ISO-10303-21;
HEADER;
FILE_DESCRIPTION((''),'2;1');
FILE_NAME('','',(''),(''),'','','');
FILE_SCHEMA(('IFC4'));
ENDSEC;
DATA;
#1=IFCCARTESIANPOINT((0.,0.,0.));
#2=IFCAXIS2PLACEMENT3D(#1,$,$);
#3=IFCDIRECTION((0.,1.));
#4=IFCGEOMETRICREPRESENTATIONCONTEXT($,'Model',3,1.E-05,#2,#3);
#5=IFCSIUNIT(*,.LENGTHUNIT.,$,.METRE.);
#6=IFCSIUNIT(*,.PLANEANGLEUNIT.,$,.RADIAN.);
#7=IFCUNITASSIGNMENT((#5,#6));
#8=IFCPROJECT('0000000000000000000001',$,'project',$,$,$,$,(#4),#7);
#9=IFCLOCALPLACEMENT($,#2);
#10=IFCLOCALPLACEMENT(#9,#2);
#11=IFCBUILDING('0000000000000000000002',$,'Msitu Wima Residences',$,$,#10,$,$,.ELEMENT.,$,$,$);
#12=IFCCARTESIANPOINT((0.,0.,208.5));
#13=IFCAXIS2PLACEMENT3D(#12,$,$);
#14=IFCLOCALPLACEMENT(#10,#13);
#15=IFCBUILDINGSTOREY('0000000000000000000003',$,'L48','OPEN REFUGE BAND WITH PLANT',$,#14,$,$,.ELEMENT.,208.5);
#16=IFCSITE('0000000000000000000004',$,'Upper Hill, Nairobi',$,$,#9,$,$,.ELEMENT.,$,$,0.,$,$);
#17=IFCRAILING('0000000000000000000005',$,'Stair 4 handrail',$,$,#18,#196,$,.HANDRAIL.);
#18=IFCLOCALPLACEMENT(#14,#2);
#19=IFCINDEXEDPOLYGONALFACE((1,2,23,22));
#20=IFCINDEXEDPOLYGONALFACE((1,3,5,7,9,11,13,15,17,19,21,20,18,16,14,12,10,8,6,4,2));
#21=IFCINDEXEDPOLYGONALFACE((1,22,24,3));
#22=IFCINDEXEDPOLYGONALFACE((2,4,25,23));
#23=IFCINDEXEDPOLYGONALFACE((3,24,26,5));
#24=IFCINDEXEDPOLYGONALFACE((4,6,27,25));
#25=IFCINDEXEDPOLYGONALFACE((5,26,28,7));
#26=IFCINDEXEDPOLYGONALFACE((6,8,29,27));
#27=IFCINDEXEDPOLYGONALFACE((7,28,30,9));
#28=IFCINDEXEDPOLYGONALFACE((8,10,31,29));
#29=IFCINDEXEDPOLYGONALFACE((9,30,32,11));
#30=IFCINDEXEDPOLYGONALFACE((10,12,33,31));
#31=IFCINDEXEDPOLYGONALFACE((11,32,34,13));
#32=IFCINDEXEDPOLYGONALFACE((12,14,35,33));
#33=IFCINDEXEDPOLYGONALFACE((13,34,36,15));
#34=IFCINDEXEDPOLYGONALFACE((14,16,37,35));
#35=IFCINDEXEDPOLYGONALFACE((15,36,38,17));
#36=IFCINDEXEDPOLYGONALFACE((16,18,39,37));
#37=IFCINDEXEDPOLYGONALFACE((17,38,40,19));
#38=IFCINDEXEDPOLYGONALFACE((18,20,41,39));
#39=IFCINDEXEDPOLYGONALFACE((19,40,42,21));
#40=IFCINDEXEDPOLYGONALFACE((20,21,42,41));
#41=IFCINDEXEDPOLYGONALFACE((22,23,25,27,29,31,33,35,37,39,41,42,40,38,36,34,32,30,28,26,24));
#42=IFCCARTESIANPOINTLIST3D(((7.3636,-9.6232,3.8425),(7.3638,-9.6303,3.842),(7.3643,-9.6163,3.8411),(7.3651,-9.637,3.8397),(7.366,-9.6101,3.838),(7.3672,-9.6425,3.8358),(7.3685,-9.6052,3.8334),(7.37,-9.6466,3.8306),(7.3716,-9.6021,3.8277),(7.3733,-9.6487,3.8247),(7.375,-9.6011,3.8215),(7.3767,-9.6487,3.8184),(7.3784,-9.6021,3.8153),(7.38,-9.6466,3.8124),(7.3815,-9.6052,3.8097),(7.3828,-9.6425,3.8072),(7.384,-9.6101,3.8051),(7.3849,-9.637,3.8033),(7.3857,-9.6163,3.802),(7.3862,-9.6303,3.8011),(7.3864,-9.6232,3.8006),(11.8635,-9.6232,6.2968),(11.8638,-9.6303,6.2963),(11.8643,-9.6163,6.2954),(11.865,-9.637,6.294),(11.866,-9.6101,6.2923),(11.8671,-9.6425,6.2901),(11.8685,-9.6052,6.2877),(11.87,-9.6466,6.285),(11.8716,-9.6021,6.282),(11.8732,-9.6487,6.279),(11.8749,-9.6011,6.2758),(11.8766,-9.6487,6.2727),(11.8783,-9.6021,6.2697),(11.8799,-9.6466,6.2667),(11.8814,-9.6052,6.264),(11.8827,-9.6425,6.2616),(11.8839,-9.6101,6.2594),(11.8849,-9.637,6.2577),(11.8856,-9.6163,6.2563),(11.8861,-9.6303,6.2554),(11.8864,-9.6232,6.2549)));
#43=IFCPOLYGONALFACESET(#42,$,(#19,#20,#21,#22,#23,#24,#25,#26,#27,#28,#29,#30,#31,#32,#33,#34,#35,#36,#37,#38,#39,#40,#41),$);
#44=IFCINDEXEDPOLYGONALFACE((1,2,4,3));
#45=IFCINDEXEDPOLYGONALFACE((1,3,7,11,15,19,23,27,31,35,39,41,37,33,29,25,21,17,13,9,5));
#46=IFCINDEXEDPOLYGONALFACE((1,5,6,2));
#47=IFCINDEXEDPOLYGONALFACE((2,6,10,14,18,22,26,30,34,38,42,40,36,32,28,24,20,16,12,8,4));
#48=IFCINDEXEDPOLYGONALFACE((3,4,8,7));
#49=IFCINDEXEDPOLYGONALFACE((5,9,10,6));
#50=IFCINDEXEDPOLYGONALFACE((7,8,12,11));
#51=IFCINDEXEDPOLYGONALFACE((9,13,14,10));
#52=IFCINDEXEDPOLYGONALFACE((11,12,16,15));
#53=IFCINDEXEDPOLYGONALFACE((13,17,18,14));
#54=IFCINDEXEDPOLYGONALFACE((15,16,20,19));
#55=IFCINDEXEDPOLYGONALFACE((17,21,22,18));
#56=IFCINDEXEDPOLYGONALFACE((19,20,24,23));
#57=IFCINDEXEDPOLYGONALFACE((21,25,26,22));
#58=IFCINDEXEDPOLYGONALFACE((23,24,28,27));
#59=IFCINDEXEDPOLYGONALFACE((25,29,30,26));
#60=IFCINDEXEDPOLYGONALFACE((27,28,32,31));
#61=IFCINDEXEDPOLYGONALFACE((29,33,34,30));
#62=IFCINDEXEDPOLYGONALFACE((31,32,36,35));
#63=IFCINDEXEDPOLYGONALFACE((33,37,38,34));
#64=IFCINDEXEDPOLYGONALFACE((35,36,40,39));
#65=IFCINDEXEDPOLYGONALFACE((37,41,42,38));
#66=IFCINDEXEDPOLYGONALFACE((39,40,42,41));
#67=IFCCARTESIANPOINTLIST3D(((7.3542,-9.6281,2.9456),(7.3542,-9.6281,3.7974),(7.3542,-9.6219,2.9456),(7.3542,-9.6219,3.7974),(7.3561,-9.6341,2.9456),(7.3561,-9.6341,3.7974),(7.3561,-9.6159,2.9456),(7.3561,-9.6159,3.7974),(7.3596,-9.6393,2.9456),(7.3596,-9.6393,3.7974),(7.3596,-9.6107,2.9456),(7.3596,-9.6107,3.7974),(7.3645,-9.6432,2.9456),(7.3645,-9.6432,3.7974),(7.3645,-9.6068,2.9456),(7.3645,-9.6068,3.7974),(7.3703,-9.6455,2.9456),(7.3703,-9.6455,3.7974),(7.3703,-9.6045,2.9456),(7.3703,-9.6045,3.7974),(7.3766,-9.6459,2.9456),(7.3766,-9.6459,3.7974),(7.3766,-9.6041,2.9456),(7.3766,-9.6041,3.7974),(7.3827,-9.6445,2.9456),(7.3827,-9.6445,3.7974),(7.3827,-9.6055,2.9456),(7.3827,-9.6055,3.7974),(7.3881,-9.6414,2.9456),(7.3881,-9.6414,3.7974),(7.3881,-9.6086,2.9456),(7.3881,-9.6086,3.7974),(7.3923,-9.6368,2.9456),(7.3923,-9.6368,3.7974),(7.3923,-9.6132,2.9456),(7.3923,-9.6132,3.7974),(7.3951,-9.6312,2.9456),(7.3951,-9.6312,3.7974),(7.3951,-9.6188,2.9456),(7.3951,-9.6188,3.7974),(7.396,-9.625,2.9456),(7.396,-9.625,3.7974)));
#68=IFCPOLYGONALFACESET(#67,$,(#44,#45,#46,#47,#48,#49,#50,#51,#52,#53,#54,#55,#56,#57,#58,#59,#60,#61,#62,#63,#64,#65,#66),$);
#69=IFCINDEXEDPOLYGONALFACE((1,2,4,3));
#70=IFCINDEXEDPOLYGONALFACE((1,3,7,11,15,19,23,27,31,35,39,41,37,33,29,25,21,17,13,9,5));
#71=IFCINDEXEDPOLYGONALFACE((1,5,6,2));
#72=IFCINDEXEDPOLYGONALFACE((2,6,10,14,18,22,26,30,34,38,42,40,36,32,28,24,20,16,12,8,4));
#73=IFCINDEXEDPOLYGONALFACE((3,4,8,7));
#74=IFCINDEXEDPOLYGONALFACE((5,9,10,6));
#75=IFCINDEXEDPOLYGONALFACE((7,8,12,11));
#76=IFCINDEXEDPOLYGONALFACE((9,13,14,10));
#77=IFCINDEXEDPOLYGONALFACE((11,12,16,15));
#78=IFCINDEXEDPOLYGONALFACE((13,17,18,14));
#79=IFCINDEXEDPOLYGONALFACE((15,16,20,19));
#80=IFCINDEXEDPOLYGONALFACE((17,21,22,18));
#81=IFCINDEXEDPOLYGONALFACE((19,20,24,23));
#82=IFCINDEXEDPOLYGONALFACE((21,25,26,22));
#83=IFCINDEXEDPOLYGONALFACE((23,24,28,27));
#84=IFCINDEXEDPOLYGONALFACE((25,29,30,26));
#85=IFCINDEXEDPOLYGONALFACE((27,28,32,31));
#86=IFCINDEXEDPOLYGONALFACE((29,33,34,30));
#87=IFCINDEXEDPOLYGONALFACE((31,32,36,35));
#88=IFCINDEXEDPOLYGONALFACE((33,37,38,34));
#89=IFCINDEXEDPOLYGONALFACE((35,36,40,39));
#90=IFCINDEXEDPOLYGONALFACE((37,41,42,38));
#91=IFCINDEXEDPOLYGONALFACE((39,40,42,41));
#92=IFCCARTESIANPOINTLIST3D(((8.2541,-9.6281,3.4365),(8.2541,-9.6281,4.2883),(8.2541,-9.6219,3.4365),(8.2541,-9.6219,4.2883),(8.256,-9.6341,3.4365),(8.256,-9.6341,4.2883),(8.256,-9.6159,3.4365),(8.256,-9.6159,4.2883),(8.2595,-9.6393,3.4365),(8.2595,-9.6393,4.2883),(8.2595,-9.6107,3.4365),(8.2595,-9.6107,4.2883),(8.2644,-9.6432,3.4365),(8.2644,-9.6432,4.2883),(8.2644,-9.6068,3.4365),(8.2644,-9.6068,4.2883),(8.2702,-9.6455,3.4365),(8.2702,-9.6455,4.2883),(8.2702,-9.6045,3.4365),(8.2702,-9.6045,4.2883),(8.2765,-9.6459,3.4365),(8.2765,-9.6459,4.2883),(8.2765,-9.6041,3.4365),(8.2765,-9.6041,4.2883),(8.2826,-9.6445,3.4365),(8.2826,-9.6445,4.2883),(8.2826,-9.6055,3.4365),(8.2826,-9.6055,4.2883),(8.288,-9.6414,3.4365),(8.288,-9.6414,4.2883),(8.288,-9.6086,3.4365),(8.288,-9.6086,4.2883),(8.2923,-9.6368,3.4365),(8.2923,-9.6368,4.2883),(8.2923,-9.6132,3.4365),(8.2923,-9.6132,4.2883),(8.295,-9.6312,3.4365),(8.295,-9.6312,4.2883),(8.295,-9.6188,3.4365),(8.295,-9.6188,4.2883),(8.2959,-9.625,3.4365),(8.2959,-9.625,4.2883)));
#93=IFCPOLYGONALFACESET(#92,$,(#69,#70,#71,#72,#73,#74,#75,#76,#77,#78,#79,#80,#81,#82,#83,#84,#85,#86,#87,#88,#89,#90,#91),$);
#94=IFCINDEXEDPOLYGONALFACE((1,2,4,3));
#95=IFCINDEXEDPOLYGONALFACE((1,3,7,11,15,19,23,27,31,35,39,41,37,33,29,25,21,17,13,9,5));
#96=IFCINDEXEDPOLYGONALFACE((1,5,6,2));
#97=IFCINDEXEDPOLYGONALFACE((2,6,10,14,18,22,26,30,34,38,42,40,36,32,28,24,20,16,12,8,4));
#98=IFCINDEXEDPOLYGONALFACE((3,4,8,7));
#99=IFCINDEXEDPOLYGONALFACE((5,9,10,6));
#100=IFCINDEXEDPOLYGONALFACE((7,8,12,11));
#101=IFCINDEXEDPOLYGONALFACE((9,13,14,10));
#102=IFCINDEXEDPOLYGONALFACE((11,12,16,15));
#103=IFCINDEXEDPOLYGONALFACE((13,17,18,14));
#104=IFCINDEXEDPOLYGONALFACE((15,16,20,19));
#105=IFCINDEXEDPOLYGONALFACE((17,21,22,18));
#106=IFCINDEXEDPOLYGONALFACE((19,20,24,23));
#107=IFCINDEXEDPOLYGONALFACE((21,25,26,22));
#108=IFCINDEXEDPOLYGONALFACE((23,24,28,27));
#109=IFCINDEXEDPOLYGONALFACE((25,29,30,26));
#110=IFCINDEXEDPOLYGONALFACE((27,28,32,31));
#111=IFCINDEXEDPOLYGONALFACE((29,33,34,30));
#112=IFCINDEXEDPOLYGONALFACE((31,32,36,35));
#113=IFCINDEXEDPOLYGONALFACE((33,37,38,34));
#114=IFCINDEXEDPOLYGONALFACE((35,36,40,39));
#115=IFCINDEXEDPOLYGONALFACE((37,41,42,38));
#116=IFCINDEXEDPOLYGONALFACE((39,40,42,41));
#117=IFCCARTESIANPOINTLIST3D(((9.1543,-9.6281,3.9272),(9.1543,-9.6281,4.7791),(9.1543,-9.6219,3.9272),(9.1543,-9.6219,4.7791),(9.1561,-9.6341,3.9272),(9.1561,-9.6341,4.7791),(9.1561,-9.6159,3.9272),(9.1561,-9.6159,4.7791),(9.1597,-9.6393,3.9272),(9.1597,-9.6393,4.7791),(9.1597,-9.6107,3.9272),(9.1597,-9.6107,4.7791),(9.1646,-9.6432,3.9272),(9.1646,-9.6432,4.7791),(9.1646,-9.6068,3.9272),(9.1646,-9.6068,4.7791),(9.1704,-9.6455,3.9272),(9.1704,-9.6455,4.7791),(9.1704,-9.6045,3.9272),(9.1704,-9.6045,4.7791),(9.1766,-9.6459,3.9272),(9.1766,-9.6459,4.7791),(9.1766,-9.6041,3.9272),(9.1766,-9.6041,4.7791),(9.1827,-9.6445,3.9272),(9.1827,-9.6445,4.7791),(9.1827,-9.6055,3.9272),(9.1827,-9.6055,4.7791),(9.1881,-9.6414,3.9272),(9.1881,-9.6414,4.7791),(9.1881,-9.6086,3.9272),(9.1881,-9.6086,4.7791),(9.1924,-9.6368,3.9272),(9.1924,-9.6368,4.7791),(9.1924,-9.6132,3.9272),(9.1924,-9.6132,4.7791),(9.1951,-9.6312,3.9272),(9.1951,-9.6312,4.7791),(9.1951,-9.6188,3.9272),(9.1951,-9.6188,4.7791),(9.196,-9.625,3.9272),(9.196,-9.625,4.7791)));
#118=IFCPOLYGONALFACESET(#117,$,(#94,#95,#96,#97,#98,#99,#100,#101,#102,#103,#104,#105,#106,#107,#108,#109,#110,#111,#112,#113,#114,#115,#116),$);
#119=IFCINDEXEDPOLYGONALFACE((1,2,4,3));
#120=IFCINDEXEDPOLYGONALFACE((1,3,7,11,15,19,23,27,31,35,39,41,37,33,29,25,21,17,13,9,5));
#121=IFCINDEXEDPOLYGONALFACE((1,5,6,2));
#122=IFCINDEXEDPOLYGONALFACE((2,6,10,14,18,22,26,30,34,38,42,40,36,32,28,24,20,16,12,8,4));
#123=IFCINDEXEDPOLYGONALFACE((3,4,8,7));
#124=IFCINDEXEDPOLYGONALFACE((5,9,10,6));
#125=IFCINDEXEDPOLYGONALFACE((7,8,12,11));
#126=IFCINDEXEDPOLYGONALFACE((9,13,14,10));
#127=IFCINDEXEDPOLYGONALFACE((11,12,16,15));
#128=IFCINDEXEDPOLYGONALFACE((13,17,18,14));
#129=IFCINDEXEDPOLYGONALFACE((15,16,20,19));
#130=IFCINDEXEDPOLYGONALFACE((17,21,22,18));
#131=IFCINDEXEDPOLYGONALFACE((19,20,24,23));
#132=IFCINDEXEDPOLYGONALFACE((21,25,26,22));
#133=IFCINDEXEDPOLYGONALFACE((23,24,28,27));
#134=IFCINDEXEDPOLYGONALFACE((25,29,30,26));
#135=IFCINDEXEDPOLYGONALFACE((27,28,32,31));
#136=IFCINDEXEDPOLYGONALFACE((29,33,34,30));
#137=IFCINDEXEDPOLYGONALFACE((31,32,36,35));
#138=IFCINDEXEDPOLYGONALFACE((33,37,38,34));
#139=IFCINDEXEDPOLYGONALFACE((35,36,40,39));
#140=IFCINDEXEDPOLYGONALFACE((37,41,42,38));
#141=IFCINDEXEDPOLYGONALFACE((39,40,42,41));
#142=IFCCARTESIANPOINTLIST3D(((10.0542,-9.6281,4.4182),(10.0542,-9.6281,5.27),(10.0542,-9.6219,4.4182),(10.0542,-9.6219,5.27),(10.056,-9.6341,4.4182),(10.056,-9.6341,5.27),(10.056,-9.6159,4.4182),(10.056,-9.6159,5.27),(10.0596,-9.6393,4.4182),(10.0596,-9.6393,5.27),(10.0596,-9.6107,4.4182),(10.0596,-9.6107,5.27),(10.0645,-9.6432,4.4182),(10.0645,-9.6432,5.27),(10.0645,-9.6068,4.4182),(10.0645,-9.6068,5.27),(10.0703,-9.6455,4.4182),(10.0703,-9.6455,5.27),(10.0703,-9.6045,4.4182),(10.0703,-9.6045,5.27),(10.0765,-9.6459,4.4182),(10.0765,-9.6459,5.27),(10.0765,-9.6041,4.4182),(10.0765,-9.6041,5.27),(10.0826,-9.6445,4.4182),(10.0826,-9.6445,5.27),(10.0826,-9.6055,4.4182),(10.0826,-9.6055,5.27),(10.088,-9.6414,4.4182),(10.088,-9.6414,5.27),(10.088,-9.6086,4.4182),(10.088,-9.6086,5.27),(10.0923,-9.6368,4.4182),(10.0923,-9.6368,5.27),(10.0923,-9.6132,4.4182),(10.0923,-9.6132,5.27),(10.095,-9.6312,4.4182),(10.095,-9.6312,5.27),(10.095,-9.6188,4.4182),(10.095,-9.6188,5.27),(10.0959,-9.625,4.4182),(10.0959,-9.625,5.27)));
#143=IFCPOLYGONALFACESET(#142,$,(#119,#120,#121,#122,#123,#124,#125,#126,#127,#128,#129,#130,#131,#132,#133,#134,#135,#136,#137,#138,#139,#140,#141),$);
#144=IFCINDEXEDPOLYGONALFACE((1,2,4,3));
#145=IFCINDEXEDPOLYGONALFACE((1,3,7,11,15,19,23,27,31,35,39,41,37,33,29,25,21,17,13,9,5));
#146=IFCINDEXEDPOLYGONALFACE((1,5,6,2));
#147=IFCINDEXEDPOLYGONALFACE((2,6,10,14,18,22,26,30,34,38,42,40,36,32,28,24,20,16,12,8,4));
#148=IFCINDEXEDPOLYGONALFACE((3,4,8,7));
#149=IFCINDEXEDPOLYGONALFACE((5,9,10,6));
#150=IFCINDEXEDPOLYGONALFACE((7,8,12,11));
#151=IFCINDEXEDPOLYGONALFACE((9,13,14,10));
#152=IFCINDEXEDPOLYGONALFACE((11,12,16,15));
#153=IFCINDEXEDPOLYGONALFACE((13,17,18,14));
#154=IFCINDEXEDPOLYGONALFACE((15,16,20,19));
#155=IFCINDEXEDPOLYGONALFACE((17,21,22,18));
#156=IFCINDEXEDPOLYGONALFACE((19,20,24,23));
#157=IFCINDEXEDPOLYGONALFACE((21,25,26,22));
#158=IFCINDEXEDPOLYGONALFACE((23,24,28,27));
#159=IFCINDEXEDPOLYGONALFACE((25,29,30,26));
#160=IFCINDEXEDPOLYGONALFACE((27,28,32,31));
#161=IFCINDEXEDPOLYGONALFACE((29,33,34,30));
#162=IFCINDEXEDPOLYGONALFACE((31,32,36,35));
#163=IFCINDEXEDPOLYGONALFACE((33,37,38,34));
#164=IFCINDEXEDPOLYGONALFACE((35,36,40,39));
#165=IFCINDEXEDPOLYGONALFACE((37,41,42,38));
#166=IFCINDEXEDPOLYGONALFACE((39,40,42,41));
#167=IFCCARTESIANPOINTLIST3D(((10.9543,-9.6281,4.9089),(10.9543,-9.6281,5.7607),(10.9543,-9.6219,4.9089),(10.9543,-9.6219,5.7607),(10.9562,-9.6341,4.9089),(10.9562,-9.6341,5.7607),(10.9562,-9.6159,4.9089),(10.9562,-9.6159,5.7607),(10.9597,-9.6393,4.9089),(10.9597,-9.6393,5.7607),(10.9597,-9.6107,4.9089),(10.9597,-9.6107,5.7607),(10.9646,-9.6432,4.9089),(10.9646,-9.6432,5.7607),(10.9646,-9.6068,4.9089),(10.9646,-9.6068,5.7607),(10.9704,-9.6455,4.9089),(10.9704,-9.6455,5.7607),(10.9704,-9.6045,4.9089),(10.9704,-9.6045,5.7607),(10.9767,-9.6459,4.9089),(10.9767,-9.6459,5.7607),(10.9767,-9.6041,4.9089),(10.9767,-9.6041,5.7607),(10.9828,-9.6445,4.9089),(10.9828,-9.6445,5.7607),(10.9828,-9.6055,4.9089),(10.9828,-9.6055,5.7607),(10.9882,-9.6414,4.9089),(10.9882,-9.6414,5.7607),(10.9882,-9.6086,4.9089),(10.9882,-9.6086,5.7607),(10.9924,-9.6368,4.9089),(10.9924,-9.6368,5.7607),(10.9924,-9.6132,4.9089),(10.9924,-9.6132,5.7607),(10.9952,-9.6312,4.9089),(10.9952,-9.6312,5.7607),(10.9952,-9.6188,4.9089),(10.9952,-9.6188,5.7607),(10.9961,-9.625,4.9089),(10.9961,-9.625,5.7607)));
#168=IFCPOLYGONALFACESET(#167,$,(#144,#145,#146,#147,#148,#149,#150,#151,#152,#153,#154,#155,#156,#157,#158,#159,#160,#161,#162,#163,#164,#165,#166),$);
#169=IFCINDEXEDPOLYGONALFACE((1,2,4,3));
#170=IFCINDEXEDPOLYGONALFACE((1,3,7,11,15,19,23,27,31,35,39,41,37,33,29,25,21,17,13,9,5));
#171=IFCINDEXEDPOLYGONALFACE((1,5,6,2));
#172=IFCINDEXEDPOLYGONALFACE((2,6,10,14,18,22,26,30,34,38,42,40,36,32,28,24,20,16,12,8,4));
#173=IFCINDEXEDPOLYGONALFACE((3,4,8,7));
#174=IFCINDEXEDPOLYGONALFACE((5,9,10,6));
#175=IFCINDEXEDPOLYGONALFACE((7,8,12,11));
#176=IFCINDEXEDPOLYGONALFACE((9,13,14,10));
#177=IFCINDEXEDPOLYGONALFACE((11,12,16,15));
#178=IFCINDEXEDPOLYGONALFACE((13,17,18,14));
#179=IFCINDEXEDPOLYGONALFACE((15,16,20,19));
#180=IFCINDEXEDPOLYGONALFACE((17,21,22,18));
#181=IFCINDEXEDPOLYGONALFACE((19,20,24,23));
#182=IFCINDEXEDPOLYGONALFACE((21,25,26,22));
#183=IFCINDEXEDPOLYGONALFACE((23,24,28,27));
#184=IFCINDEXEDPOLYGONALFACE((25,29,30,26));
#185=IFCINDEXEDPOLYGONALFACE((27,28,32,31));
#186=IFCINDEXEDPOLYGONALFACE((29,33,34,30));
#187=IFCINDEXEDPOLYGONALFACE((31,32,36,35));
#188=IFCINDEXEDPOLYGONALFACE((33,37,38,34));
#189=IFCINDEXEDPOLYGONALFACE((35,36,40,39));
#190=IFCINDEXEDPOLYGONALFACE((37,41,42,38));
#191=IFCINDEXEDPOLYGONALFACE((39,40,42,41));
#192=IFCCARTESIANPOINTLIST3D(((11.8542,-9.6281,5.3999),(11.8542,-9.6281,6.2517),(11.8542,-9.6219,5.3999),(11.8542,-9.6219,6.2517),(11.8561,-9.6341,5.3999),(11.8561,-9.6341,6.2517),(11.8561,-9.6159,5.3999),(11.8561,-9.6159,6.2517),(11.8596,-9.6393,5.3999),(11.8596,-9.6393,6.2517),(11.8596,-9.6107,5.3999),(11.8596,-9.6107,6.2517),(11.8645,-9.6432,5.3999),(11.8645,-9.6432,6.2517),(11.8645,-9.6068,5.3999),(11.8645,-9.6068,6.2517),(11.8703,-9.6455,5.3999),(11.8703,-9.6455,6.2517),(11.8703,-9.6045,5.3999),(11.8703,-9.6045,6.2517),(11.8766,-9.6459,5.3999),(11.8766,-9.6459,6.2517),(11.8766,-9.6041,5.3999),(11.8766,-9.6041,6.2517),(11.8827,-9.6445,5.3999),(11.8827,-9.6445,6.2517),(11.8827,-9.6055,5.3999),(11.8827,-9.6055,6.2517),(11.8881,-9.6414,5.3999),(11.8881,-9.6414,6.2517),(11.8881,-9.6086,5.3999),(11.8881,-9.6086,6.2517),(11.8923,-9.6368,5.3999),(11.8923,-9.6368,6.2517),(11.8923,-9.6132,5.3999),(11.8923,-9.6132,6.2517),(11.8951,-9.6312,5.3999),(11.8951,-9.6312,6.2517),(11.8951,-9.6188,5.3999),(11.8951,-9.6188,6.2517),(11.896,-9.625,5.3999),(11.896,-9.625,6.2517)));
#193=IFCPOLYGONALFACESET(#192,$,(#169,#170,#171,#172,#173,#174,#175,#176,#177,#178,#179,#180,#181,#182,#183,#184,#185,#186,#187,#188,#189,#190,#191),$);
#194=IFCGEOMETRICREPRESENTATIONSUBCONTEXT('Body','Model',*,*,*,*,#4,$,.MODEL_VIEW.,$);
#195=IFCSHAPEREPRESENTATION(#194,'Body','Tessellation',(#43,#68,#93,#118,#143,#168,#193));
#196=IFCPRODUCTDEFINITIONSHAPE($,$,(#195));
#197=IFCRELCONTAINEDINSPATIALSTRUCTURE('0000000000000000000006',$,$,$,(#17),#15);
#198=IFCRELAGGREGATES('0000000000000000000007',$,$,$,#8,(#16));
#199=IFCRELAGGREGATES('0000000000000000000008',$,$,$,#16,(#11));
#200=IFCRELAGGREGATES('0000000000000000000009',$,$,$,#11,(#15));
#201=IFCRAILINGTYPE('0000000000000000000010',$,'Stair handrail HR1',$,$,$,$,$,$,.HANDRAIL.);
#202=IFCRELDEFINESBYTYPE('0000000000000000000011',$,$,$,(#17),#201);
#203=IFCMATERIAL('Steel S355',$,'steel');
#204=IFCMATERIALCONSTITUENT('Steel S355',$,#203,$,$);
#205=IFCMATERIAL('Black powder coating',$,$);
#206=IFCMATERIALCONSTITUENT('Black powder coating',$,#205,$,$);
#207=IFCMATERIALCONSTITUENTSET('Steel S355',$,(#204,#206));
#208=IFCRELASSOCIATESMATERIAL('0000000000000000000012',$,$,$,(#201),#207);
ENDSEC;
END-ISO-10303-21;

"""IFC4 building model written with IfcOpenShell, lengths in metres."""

from ifc_helpers import new_model, si_unit, direction, frame, origin, origin_2d, place, context, subcontext, project, spatial, circle, extrude, material, constituent, constituent_set, type_object, element, save


model = new_model("IFC4")

# Units and contexts
model_context = context("Model", 3, precision=1e-05, world=origin(), true_north=direction((0.0, 1.0)))
body_context = subcontext(model_context, "Body", "Model", "MODEL_VIEW")
ifc_project = project(units=[si_unit("LENGTHUNIT", "METRE"), si_unit("PLANEANGLEUNIT", "RADIAN")], contexts=[model_context])

# Site, building, storey
site_placement = place(None, origin())
site = spatial("IfcSite", under=ifc_project, at=site_placement, Name="Upper Hill, Nairobi", CompositionType="ELEMENT", RefElevation=0.0)
building_placement = place(site_placement, origin())
building = spatial("IfcBuilding", under=site, at=building_placement, Name="Msitu Wima Residences", CompositionType="ELEMENT")
storey_placement = place(building_placement, frame((0.0, 0.0, 208.5)))
storey = spatial("IfcBuildingStorey", under=building, at=storey_placement, Name="L48", Description="OPEN REFUGE BAND WITH PLANT", CompositionType="ELEMENT", Elevation=208.5)

# Railing
ifc_material_1 = material(Name="Steel S355", Category="steel")
ifc_constituent_1 = constituent(ifc_material_1, Name="Steel S355")
ifc_material_2 = material(Name="Black powder coating")
ifc_constituent_2 = constituent(ifc_material_2, Name="Black powder coating")
ifc_constituent_set_1 = constituent_set(constituents=[ifc_constituent_1, ifc_constituent_2], Name="Steel S355")
railing_type_1 = type_object("IfcRailingType", Name="Stair handrail HR1", PredefinedType="HANDRAIL", material=ifc_constituent_set_1)
for number, where, name in (
    (1, (7.375, -9.625, 2.9456), "Stair 4 handrail"),
):
    element("IfcRailing", number, at=place(storey_placement, frame(where)), inside=storey, type_object=railing_type_1, Name=name, PredefinedType="HANDRAIL", context=body_context, shape_type="SweptSolid", body=[
        extrude(circle(Radius=0.0239, at=origin_2d()), frame((0.0, 0.0, 0.876), z_axis=(0.877912, 0.0, 0.478822), x_axis=(0.0, 1.0, 0.0)), (0.0, 0.0, 1.0), 5.1257),
        extrude(circle(Radius=0.021, at=origin_2d()), origin(), (0.0, 0.0, 1.0), 0.8518),
        extrude(circle(Radius=0.021, at=origin_2d()), frame((0.8999, 0.0, 0.491)), (0.0, 0.0, 1.0), 0.8518),
        extrude(circle(Radius=0.021, at=origin_2d()), frame((1.8, 0.0, 0.9817)), (0.0, 0.0, 1.0), 0.8518),
        extrude(circle(Radius=0.021, at=origin_2d()), frame((2.7, 0.0, 1.4727)), (0.0, 0.0, 1.0), 0.8518),
        extrude(circle(Radius=0.021, at=origin_2d()), frame((3.6001, 0.0, 1.9634)), (0.0, 0.0, 1.0), 0.8518),
        extrude(circle(Radius=0.021, at=origin_2d()), frame((4.5, 0.0, 2.4543)), (0.0, 0.0, 1.0), 0.8518),
    ])

save(model, "model.ifc")
